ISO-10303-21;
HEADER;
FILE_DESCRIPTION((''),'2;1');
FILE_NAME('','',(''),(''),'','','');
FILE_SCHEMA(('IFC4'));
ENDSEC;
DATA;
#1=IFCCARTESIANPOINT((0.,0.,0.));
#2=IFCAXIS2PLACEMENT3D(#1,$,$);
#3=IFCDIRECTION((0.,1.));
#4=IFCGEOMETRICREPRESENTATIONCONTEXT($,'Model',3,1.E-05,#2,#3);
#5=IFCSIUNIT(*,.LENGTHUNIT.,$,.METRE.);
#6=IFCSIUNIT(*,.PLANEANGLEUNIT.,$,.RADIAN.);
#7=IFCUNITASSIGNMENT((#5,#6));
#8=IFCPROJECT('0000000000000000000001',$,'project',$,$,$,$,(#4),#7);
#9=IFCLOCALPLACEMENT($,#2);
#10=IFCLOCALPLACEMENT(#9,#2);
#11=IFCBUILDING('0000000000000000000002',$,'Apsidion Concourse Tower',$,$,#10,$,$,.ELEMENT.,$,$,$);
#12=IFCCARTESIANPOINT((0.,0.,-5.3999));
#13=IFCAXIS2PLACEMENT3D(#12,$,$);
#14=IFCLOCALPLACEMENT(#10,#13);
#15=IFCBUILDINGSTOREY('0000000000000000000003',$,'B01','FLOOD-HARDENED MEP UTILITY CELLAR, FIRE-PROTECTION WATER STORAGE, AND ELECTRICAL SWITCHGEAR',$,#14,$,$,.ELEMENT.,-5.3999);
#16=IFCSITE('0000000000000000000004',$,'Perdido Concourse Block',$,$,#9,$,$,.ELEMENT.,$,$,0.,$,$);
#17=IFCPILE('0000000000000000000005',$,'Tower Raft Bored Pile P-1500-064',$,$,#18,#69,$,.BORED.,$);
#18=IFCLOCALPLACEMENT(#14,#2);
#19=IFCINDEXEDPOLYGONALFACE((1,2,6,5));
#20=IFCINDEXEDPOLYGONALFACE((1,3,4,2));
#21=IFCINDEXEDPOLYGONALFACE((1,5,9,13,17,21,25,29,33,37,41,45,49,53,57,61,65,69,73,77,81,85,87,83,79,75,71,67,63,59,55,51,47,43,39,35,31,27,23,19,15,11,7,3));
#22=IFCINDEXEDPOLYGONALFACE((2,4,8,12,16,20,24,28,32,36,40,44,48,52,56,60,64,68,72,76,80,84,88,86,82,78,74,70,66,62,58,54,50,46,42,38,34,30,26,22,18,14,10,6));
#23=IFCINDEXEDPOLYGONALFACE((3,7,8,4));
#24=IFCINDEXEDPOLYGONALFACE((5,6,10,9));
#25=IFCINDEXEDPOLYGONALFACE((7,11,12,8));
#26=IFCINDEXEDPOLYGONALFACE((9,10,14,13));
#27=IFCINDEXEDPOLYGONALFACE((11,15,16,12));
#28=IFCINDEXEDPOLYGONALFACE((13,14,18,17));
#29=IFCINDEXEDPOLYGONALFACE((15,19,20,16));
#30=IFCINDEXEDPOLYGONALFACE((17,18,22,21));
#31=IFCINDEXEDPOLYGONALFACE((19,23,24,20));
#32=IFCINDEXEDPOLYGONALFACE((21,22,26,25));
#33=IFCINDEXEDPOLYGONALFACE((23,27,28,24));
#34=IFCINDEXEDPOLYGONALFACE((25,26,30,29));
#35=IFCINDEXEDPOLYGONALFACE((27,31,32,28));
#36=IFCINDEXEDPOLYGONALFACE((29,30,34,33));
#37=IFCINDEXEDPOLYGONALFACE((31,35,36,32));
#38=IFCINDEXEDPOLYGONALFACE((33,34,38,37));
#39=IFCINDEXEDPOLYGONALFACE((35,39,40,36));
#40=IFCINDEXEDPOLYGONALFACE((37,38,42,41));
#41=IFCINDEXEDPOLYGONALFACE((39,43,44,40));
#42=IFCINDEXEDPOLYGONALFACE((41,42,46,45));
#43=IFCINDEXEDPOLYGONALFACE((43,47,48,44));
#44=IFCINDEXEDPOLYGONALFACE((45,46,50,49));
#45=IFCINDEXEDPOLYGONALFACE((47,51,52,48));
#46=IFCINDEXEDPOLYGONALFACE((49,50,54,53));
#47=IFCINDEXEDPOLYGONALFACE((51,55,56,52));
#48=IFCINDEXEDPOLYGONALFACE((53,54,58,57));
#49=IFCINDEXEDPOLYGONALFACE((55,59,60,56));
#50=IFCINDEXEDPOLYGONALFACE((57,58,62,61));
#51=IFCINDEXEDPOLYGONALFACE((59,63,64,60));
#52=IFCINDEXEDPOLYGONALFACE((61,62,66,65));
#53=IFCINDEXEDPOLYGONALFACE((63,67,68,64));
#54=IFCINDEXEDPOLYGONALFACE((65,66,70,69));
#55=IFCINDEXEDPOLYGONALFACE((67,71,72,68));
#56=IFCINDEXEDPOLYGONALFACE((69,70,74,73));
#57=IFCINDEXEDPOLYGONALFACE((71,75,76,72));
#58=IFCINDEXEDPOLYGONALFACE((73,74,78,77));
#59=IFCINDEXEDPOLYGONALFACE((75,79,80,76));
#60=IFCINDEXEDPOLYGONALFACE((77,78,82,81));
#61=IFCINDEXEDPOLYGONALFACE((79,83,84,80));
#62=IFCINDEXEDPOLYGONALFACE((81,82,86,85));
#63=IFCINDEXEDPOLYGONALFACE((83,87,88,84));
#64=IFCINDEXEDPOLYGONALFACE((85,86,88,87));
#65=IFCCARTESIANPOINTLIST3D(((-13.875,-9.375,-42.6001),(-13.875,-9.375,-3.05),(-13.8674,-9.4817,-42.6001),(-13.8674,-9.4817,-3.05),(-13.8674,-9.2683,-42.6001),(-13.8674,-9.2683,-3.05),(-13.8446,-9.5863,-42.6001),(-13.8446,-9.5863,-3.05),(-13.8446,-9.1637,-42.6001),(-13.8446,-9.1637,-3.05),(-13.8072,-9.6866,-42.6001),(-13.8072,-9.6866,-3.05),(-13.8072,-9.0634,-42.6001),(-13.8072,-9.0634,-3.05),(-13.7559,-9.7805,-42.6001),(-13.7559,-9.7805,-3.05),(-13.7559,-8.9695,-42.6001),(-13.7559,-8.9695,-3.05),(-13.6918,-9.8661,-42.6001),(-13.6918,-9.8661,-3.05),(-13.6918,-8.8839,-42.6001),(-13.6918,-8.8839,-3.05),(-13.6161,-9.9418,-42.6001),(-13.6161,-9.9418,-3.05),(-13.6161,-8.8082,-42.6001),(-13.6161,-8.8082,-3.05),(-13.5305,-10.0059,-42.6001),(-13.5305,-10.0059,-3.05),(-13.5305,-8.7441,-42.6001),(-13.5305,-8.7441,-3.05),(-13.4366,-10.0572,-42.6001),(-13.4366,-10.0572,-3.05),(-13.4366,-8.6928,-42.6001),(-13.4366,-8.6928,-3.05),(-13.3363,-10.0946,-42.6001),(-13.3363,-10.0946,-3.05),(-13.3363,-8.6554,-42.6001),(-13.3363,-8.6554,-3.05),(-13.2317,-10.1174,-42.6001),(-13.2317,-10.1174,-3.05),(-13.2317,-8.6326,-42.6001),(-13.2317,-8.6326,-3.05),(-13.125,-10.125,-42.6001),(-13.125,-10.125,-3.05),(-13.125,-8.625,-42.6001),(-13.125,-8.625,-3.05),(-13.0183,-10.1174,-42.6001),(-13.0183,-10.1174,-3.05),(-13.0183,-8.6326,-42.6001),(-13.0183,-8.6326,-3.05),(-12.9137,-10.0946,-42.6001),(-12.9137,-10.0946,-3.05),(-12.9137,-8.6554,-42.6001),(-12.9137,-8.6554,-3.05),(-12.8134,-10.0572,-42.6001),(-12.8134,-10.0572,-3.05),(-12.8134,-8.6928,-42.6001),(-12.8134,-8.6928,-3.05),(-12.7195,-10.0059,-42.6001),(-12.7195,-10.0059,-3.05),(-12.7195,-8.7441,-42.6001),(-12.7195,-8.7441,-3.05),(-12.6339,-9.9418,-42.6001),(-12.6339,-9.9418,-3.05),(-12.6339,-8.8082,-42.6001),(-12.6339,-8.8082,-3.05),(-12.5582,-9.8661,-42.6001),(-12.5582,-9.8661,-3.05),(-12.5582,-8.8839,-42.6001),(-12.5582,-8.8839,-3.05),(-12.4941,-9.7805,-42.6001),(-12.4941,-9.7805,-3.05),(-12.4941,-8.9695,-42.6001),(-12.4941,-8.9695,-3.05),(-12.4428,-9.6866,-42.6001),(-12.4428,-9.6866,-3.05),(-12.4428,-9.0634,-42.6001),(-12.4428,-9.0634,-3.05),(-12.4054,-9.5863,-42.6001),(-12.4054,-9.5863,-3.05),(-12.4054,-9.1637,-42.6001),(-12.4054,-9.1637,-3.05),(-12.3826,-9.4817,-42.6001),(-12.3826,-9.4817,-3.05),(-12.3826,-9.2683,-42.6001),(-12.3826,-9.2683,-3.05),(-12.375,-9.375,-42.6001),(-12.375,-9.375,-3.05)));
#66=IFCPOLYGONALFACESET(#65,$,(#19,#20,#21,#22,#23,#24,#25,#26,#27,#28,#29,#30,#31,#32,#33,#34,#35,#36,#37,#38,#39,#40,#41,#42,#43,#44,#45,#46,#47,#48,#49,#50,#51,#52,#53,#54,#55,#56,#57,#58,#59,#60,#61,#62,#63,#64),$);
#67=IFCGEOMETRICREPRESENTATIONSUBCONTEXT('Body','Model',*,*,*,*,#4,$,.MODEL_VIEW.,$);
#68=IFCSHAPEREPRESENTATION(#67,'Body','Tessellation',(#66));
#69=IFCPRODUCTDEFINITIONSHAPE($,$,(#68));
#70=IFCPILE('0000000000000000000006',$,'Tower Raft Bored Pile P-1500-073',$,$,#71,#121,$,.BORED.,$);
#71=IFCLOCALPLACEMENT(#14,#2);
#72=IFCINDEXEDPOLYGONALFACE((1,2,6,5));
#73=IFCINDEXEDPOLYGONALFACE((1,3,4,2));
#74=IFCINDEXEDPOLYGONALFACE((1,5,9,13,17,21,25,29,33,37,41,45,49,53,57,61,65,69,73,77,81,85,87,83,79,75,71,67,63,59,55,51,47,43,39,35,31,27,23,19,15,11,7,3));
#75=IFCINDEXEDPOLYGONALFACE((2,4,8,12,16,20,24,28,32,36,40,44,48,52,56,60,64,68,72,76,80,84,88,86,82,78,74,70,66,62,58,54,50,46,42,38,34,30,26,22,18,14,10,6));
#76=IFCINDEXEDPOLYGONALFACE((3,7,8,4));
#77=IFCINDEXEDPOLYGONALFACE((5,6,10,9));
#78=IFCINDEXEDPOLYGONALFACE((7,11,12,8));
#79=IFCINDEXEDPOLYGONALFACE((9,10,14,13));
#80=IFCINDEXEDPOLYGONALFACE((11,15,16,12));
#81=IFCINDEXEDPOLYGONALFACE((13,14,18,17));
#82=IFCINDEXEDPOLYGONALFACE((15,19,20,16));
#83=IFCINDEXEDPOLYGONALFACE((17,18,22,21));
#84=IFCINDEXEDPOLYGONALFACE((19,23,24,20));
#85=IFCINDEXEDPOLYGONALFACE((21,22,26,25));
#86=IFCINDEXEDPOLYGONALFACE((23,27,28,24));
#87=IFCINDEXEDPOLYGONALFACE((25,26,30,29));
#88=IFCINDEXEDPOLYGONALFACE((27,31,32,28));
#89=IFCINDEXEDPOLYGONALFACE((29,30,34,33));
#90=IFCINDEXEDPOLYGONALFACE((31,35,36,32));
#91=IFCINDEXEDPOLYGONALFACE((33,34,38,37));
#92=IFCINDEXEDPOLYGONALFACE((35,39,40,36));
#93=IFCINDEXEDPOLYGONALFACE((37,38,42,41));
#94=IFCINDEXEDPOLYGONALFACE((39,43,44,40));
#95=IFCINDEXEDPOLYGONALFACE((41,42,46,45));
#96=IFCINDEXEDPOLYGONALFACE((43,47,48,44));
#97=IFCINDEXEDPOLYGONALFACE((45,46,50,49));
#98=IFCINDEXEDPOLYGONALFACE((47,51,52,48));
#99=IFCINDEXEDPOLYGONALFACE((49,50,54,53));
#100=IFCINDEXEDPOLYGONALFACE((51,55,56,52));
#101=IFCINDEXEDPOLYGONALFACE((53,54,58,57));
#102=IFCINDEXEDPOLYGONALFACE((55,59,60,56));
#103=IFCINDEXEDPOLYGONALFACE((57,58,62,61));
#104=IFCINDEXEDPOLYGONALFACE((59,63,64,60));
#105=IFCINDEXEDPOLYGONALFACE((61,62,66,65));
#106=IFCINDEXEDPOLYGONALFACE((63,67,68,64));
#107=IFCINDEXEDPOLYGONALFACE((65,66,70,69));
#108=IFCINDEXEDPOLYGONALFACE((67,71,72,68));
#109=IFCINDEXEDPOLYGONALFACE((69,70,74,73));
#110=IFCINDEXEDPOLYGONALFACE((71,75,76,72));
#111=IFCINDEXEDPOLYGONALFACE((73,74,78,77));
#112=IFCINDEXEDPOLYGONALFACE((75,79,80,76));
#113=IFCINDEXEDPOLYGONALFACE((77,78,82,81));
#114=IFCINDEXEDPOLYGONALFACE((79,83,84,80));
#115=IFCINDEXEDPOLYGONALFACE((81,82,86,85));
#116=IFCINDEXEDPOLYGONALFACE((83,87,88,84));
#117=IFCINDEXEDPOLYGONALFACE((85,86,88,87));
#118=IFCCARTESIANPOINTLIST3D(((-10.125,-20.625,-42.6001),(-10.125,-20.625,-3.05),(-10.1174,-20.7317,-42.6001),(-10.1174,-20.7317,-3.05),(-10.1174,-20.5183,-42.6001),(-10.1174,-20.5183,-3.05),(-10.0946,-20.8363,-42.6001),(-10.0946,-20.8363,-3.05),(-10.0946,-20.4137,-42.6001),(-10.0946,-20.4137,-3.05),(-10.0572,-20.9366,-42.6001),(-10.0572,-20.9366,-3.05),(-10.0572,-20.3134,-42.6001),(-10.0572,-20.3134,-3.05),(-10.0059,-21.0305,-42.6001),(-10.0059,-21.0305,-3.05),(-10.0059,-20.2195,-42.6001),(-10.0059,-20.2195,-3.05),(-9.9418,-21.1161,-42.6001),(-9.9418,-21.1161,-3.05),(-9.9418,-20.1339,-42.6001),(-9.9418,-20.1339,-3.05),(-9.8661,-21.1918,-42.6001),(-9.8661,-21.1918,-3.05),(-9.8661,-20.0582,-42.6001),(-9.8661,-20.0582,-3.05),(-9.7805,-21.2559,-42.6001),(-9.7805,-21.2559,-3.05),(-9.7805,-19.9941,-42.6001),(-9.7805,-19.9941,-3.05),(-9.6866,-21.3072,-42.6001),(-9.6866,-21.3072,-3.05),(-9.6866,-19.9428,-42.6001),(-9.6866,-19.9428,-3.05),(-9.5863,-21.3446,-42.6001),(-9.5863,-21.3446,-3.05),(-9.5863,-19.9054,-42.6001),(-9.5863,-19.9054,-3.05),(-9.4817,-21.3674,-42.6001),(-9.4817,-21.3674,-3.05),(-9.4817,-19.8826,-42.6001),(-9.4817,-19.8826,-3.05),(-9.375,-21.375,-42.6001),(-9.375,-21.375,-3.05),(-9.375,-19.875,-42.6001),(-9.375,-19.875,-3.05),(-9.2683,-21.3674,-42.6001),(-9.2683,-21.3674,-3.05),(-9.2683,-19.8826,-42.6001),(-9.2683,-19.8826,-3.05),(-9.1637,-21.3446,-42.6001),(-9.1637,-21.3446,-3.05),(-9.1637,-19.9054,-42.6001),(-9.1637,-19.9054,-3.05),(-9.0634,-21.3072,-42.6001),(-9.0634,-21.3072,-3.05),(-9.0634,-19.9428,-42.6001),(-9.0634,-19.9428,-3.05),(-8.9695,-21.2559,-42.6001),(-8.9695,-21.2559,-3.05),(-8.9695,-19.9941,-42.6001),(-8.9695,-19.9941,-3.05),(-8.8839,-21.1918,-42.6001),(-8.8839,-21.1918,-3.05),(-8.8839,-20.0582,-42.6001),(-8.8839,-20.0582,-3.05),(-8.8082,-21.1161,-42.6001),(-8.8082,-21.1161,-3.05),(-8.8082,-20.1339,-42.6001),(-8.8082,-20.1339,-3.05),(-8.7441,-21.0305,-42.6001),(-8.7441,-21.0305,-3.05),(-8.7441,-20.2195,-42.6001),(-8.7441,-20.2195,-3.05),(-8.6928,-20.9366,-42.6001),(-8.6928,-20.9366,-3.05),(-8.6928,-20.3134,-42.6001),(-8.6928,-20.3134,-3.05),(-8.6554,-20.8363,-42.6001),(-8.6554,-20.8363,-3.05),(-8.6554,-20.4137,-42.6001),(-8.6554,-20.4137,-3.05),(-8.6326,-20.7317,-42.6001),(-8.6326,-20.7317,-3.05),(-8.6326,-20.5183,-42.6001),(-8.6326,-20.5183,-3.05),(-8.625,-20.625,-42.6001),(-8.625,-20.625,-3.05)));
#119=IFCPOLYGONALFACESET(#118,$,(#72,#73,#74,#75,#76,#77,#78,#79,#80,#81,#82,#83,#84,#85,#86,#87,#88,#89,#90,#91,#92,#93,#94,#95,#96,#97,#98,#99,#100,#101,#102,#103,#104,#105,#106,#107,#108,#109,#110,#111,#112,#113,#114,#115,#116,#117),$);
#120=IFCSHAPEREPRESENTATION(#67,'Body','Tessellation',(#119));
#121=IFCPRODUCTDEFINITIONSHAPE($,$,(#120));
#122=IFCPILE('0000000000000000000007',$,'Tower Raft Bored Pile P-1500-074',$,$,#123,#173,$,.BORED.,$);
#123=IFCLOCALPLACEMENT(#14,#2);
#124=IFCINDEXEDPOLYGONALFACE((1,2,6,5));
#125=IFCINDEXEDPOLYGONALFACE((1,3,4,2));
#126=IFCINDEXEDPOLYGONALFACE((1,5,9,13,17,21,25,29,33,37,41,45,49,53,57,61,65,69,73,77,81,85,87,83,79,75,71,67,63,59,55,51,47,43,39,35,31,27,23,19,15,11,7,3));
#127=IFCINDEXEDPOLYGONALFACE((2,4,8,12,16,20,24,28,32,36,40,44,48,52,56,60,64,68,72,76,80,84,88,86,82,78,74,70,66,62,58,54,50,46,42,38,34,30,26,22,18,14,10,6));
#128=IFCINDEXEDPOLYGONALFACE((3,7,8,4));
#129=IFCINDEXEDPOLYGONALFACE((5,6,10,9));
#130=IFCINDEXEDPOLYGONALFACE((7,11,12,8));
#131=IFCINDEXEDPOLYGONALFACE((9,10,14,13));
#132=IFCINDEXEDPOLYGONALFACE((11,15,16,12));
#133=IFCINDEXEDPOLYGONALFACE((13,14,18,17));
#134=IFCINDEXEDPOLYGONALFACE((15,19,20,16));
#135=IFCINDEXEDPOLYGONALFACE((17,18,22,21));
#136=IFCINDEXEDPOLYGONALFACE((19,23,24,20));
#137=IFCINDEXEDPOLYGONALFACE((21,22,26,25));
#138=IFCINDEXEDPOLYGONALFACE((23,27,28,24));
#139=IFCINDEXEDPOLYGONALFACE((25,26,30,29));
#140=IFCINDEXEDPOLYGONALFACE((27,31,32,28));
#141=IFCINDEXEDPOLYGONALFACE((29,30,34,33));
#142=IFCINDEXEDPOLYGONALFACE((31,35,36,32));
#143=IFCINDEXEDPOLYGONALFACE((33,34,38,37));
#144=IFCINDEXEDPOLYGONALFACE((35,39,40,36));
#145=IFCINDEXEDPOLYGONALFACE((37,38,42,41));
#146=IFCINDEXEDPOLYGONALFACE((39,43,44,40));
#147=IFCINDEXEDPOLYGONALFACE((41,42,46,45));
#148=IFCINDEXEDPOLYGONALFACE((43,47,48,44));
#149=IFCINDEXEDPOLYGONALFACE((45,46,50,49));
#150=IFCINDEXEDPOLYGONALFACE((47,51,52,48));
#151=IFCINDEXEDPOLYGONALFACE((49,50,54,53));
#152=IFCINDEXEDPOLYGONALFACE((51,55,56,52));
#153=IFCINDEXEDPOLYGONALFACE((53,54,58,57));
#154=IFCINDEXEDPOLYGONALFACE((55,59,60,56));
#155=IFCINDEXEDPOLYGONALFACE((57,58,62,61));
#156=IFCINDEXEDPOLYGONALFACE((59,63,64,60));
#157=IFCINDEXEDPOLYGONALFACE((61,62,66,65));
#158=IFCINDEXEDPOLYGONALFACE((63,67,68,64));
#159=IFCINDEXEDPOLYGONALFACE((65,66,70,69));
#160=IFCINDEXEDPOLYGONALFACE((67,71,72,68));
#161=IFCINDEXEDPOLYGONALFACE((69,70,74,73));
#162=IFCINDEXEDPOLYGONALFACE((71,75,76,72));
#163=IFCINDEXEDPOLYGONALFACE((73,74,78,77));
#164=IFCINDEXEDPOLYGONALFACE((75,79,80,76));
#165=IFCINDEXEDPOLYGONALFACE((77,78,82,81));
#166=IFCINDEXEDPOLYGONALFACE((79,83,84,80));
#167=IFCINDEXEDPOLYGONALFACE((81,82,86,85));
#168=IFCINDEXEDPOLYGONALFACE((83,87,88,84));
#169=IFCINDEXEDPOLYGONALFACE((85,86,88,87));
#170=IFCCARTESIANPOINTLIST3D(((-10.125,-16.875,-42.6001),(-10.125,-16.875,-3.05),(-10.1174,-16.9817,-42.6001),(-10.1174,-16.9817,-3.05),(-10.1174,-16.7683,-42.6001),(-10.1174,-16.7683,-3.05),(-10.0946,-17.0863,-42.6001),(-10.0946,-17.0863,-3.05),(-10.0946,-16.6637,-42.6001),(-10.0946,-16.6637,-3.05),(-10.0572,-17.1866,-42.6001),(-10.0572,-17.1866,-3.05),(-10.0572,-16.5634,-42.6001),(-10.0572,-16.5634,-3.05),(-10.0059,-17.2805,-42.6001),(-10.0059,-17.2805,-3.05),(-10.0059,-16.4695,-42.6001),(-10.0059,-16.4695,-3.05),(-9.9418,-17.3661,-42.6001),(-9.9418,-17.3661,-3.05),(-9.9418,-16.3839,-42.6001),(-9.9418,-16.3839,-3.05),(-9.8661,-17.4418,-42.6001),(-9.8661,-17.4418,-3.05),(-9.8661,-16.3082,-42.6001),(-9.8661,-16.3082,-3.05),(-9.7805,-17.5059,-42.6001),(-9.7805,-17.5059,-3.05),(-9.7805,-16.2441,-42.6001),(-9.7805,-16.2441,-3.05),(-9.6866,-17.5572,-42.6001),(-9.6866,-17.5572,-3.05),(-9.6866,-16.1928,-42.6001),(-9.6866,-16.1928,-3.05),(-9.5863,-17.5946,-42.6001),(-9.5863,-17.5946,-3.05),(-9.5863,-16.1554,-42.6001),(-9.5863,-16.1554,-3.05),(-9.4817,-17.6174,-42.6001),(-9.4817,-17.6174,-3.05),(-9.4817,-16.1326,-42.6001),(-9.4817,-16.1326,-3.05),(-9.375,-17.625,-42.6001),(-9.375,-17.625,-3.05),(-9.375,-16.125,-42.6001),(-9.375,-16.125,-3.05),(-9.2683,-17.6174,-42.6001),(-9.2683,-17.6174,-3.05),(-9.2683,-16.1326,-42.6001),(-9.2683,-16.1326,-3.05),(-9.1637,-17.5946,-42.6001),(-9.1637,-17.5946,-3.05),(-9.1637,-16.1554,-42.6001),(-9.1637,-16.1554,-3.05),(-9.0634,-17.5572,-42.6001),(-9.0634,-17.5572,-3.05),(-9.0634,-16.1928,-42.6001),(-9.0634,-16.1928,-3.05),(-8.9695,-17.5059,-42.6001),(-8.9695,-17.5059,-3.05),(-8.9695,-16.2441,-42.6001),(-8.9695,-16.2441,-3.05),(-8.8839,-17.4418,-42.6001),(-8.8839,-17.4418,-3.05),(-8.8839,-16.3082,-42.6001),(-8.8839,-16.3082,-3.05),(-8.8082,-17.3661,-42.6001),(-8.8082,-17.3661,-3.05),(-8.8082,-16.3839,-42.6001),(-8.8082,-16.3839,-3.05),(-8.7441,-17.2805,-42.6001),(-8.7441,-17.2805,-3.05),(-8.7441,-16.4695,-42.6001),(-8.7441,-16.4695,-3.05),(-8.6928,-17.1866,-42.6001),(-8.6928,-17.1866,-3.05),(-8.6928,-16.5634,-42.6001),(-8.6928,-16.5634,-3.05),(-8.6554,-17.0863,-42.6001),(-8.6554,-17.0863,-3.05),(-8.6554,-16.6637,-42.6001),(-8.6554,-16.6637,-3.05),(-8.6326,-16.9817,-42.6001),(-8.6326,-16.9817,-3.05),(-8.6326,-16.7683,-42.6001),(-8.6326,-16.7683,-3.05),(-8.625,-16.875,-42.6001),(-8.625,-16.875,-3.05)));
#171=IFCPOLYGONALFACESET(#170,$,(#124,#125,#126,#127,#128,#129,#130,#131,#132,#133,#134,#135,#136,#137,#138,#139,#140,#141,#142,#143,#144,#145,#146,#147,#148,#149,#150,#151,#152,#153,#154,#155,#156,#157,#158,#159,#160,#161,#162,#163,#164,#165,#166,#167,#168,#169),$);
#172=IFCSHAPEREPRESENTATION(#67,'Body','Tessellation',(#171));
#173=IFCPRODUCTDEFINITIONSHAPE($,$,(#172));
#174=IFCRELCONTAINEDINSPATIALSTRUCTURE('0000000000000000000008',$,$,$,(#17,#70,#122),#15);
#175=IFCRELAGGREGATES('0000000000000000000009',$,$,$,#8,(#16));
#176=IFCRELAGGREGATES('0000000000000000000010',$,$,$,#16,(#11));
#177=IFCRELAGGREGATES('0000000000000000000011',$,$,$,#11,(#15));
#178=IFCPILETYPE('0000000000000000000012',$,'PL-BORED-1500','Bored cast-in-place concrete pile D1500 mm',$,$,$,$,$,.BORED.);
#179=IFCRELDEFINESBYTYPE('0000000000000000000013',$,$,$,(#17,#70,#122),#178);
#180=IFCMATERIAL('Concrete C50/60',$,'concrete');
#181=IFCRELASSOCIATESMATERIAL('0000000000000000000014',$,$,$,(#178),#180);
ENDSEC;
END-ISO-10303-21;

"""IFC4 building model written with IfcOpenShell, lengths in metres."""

from ifc_helpers import new_model, si_unit, direction, frame, origin, origin_2d, place, context, subcontext, project, spatial, circle, extrude, material, material_profile, profile_set, type_object, element, save


model = new_model("IFC4")

# Units and contexts
model_context = context("Model", 3, precision=1e-05, world=origin(), true_north=direction((0.0, 1.0)))
body_context = subcontext(model_context, "Body", "Model", "MODEL_VIEW")
ifc_project = project(units=[si_unit("LENGTHUNIT", "METRE"), si_unit("PLANEANGLEUNIT", "RADIAN")], contexts=[model_context])

# Site, building, storey
site_placement = place(None, origin())
site = spatial("IfcSite", under=ifc_project, at=site_placement, Name="Perdido Concourse Block", CompositionType="ELEMENT", RefElevation=0.0)
building_placement = place(site_placement, origin())
building = spatial("IfcBuilding", under=site, at=building_placement, Name="Apsidion Concourse Tower", CompositionType="ELEMENT")
storey_placement = place(building_placement, frame((0.0, 0.0, -5.3999)))
storey = spatial("IfcBuildingStorey", under=building, at=storey_placement, Name="B01", Description="FLOOD-HARDENED MEP UTILITY CELLAR, FIRE-PROTECTION WATER STORAGE, AND ELECTRICAL SWITCHGEAR", CompositionType="ELEMENT", Elevation=-5.3999)

# Shared definitions
ifc_material_1 = material(Name="Concrete C50/60", Category="concrete")

# Piles
ifc_material_profile_1 = material_profile(ifc_material_1, circle(Radius=0.75, at=origin_2d()), Name="BORED PILE D1500")
ifc_profile_set_1 = profile_set([ifc_material_profile_1], Name="Concrete C50/60")
pile_type_1 = type_object("IfcPileType", Name="PL-BORED-1500", Description="Bored cast-in-place concrete pile D1500 mm", PredefinedType="BORED", material=ifc_profile_set_1)
for number, where, z_axis, x_axis, name in (
    (1, (-13.125, -9.375, -3.05), (0.0, 0.0, -1.0), (1.0, 0.0, 0.0), "Tower Raft Bored Pile P-1500-064"),
    (2, (-9.375, -20.625, -3.05), (0.0, 0.0, -1.0), (1.0, 0.0, 0.0), "Tower Raft Bored Pile P-1500-073"),
    (3, (-9.375, -16.875, -3.05), (0.0, 0.0, -1.0), (1.0, 0.0, 0.0), "Tower Raft Bored Pile P-1500-074"),
):
    element("IfcPile", number, at=place(storey_placement, frame(where, z_axis=z_axis, x_axis=x_axis)), inside=storey, type_object=pile_type_1, Name=name, PredefinedType="BORED", context=body_context, shape_type="SweptSolid", body=[
        extrude(circle(Radius=0.75, at=origin_2d()), origin(), (0.0, 0.0, 1.0), 39.55),
    ])

save(model, "model.ifc")
